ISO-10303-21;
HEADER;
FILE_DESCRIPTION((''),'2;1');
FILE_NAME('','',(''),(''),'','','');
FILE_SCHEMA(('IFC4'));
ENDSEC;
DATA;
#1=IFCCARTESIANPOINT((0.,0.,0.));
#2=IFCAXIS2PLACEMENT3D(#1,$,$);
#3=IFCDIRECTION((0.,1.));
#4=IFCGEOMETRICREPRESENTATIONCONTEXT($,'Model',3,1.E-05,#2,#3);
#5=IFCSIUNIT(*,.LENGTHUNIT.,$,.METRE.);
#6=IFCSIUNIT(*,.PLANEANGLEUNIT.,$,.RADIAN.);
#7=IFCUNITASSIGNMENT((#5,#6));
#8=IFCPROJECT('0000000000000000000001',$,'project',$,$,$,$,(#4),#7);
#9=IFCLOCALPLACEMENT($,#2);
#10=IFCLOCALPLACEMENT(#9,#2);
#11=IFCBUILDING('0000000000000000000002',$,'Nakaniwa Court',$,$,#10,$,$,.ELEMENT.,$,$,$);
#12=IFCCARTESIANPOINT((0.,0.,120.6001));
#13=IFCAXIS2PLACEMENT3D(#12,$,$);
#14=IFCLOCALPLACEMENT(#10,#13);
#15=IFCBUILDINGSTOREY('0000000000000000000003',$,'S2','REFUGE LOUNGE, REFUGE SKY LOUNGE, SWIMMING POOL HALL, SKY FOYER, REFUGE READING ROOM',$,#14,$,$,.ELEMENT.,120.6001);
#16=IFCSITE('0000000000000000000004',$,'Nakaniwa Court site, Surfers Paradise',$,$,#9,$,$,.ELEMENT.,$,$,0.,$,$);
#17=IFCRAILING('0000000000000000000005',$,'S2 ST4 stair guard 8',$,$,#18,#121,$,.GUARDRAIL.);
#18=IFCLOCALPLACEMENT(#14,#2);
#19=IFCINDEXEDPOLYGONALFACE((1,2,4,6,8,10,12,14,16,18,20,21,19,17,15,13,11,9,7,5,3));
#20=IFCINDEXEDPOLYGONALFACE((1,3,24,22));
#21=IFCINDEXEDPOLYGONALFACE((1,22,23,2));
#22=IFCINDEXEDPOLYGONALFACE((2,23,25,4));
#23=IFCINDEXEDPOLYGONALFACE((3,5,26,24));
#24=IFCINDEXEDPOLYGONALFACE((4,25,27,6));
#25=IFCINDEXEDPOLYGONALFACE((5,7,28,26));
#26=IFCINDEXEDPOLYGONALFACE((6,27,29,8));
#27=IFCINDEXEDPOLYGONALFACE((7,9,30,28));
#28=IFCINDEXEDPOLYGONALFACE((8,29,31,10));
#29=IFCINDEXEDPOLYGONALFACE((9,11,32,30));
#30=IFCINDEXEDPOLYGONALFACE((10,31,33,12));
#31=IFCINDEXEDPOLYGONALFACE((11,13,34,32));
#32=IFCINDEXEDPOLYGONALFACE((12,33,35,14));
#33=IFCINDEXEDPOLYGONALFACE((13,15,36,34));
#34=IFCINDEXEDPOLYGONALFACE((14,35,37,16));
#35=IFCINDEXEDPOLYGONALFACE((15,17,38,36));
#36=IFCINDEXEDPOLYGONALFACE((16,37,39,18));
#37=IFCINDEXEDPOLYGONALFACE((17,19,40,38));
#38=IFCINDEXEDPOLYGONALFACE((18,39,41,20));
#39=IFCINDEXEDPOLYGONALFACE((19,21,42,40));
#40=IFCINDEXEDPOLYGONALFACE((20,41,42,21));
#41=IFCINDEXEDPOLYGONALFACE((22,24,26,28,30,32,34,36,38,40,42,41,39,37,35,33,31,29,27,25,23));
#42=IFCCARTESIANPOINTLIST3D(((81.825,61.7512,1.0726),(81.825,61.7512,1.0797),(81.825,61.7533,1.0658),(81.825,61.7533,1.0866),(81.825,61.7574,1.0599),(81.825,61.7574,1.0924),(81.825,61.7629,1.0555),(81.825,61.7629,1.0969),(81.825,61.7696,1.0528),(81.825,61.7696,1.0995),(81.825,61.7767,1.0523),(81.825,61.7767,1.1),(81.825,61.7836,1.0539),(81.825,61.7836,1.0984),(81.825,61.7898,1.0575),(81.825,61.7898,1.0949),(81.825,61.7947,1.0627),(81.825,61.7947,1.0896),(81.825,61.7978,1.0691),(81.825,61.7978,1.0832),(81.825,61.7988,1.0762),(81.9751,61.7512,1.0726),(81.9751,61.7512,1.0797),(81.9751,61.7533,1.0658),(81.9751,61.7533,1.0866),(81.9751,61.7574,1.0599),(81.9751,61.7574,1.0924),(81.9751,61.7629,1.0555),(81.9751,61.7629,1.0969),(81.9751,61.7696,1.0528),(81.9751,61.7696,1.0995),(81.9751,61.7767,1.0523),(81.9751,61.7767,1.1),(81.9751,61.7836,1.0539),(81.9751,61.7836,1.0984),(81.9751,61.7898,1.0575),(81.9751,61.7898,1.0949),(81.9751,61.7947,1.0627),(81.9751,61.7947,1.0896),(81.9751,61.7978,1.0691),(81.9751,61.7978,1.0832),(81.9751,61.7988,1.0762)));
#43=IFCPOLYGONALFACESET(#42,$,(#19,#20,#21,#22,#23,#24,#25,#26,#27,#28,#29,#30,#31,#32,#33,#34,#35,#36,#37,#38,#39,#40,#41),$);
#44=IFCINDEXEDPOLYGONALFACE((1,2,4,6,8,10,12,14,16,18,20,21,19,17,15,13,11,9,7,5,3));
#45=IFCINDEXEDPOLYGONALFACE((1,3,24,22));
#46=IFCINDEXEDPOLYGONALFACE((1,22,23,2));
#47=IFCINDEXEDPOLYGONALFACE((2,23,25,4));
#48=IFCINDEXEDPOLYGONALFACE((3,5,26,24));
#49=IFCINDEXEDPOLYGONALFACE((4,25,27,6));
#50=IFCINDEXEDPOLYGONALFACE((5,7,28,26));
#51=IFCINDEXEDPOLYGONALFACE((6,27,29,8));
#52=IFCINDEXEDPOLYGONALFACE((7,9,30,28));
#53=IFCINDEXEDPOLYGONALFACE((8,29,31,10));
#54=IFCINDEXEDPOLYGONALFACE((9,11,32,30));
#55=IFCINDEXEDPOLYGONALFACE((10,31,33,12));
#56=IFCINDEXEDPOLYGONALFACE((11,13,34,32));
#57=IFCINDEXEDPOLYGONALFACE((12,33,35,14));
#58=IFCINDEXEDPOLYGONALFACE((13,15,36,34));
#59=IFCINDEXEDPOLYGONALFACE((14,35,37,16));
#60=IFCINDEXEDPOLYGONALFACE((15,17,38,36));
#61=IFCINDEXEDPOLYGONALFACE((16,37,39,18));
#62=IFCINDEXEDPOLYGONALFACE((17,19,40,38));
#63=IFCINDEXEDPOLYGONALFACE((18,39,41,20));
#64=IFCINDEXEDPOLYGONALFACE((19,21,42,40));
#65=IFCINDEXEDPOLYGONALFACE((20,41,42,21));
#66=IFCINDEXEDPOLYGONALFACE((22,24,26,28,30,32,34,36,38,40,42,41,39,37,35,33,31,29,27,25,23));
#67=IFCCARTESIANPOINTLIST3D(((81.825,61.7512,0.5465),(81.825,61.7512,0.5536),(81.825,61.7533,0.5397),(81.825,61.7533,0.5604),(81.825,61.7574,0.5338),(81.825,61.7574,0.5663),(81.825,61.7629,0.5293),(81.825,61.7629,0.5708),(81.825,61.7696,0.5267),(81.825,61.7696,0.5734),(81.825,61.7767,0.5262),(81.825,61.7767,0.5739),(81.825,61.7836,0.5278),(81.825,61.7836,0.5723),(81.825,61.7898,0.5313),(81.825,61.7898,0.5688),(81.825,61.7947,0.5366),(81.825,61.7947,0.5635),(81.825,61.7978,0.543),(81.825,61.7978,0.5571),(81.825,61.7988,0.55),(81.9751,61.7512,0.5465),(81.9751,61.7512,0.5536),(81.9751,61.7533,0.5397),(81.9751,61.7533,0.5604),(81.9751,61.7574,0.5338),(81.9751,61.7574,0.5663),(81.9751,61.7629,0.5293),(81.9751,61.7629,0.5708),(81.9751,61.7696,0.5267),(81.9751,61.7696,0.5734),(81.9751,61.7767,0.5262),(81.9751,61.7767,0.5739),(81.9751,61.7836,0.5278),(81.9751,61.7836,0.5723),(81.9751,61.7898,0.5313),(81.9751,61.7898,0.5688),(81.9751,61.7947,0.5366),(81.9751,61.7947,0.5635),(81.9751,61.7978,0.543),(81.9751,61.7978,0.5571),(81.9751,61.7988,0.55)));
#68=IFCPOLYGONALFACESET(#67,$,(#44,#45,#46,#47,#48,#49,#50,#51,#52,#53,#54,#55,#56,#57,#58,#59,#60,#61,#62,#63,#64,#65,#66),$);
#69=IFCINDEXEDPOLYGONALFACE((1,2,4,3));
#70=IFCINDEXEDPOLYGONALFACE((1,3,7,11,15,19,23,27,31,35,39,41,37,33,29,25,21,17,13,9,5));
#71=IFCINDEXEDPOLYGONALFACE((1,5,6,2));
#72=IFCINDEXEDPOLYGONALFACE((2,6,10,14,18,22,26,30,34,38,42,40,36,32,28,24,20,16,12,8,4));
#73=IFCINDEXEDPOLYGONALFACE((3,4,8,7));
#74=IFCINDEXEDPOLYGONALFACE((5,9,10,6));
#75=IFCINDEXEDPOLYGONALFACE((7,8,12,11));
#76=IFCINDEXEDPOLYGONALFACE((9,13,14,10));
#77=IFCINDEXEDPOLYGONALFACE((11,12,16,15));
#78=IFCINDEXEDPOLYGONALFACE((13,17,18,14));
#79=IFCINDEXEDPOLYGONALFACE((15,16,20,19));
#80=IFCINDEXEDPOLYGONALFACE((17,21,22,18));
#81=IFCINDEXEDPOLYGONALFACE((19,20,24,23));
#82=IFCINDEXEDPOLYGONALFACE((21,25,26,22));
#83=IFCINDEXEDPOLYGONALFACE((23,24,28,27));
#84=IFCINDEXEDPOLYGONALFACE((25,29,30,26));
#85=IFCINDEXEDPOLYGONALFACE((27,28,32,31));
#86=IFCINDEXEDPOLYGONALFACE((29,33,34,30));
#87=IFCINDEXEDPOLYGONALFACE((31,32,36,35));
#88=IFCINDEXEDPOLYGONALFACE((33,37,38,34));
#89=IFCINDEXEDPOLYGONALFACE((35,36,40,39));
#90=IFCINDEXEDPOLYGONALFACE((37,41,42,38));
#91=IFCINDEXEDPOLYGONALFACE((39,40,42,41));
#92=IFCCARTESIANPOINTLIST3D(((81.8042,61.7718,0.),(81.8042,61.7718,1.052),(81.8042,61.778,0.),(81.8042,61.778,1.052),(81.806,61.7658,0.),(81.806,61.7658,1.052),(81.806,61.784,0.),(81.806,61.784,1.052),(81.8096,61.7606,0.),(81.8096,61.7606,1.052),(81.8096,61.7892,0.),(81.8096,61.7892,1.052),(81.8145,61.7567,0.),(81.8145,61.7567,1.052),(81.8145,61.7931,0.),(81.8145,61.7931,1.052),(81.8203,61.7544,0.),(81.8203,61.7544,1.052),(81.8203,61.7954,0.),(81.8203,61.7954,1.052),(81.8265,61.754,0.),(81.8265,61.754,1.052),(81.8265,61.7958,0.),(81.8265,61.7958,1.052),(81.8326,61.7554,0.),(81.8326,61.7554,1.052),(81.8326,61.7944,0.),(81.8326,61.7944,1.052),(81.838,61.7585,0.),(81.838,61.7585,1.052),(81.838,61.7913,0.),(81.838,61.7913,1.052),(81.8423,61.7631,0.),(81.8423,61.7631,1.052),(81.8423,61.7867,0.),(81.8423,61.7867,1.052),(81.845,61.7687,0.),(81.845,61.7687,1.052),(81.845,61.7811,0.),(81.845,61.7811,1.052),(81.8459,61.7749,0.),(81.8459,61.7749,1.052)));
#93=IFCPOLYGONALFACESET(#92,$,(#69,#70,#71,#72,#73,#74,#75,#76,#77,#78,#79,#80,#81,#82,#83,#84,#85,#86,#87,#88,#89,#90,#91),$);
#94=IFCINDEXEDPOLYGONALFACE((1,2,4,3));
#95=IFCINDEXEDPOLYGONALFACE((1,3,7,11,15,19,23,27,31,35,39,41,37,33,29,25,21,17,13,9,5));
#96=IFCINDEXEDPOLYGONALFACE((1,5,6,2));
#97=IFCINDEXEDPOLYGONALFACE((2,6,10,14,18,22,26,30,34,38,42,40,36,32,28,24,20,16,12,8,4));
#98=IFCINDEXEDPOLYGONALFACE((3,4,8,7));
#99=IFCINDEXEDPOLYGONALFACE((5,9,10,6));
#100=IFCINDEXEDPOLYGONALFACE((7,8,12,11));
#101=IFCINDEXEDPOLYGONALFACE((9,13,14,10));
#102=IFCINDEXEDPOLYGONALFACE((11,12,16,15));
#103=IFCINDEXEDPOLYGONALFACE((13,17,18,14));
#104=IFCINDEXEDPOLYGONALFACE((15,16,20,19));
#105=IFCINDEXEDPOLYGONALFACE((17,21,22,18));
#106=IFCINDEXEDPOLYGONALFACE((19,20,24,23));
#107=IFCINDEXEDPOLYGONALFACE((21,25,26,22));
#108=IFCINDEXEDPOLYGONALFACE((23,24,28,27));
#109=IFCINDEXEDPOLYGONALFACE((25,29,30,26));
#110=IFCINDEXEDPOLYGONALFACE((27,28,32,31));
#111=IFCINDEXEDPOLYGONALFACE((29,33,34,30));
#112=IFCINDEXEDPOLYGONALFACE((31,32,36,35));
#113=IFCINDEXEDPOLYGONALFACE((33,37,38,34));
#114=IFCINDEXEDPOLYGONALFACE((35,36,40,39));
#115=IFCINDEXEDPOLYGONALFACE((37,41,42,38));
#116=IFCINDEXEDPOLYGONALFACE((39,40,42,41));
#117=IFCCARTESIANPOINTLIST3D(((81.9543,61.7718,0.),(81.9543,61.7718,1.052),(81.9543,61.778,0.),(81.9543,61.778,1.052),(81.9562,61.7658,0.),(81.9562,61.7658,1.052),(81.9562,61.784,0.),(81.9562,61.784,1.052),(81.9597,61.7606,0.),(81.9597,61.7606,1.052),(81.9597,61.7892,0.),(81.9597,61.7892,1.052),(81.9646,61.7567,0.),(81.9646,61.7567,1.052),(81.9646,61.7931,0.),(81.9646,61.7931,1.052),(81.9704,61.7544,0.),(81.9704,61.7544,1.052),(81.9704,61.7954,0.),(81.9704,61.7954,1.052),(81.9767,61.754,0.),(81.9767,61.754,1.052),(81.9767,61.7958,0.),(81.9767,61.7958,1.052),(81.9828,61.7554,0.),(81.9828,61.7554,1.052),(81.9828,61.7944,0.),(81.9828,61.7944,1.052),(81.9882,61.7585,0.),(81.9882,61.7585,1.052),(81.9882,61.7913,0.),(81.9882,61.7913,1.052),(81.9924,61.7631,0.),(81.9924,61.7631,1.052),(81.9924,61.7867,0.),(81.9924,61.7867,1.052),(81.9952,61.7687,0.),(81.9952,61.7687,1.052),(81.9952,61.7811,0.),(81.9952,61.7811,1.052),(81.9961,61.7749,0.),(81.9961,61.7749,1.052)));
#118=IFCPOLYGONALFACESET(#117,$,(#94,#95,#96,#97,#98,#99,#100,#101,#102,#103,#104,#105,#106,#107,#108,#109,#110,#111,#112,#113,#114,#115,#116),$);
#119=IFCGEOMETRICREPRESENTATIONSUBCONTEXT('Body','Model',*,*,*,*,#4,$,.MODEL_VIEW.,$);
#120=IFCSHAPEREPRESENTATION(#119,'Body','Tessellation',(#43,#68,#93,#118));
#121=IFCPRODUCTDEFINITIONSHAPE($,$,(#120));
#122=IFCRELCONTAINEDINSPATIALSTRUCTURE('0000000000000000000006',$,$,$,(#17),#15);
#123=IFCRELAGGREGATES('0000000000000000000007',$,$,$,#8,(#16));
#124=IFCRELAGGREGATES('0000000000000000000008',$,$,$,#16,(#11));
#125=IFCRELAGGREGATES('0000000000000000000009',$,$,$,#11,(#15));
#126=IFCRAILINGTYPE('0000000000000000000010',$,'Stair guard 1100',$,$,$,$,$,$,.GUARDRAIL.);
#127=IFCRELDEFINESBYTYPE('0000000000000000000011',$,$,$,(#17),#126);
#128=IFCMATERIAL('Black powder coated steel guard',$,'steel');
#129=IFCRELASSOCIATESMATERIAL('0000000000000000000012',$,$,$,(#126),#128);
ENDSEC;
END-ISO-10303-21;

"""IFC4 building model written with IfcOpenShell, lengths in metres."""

from ifc_helpers import new_model, si_unit, direction, frame, origin, origin_2d, place, context, subcontext, project, spatial, circle, extrude, material, type_object, element, save


model = new_model("IFC4")

# Units and contexts
model_context = context("Model", 3, precision=1e-05, world=origin(), true_north=direction((0.0, 1.0)))
body_context = subcontext(model_context, "Body", "Model", "MODEL_VIEW")
ifc_project = project(units=[si_unit("LENGTHUNIT", "METRE"), si_unit("PLANEANGLEUNIT", "RADIAN")], contexts=[model_context])

# Site, building, storey
site_placement = place(None, origin())
site = spatial("IfcSite", under=ifc_project, at=site_placement, Name="Nakaniwa Court site, Surfers Paradise", CompositionType="ELEMENT", RefElevation=0.0)
building_placement = place(site_placement, origin())
building = spatial("IfcBuilding", under=site, at=building_placement, Name="Nakaniwa Court", CompositionType="ELEMENT")
storey_placement = place(building_placement, frame((0.0, 0.0, 120.6001)))
storey = spatial("IfcBuildingStorey", under=building, at=storey_placement, Name="S2", Description="REFUGE LOUNGE, REFUGE SKY LOUNGE, SWIMMING POOL HALL, SKY FOYER, REFUGE READING ROOM", CompositionType="ELEMENT", Elevation=120.6001)

# Railing
ifc_material_1 = material(Name="Black powder coated steel guard", Category="steel")
railing_type_1 = type_object("IfcRailingType", Name="Stair guard 1100", PredefinedType="GUARDRAIL", material=ifc_material_1)
railing_1_placement = place(storey_placement, frame((81.825, 61.7749, 0.0)))
element("IfcRailing", 1, at=railing_1_placement, inside=storey, type_object=railing_type_1, Name="S2 ST4 stair guard 8", PredefinedType="GUARDRAIL", context=body_context, shape_type="SweptSolid", body=[
    extrude(circle(Radius=0.0239, at=origin_2d()), frame((0.0, 0.0, 1.0762), z_axis=(1.0, 0.0, 0.0), x_axis=(0.0, 1.0, 0.0)), (0.0, 0.0, 1.0), 0.1501),
    extrude(circle(Radius=0.0239, at=origin_2d()), frame((0.0, 0.0, 0.55), z_axis=(1.0, 0.0, 0.0), x_axis=(0.0, 1.0, 0.0)), (0.0, 0.0, 1.0), 0.1501),
    extrude(circle(Radius=0.021, at=origin_2d()), origin(), (0.0, 0.0, 1.0), 1.052),
    extrude(circle(Radius=0.021, at=origin_2d()), frame((0.1501, 0.0, 0.0)), (0.0, 0.0, 1.0), 1.052),
])

save(model, "model.ifc")
